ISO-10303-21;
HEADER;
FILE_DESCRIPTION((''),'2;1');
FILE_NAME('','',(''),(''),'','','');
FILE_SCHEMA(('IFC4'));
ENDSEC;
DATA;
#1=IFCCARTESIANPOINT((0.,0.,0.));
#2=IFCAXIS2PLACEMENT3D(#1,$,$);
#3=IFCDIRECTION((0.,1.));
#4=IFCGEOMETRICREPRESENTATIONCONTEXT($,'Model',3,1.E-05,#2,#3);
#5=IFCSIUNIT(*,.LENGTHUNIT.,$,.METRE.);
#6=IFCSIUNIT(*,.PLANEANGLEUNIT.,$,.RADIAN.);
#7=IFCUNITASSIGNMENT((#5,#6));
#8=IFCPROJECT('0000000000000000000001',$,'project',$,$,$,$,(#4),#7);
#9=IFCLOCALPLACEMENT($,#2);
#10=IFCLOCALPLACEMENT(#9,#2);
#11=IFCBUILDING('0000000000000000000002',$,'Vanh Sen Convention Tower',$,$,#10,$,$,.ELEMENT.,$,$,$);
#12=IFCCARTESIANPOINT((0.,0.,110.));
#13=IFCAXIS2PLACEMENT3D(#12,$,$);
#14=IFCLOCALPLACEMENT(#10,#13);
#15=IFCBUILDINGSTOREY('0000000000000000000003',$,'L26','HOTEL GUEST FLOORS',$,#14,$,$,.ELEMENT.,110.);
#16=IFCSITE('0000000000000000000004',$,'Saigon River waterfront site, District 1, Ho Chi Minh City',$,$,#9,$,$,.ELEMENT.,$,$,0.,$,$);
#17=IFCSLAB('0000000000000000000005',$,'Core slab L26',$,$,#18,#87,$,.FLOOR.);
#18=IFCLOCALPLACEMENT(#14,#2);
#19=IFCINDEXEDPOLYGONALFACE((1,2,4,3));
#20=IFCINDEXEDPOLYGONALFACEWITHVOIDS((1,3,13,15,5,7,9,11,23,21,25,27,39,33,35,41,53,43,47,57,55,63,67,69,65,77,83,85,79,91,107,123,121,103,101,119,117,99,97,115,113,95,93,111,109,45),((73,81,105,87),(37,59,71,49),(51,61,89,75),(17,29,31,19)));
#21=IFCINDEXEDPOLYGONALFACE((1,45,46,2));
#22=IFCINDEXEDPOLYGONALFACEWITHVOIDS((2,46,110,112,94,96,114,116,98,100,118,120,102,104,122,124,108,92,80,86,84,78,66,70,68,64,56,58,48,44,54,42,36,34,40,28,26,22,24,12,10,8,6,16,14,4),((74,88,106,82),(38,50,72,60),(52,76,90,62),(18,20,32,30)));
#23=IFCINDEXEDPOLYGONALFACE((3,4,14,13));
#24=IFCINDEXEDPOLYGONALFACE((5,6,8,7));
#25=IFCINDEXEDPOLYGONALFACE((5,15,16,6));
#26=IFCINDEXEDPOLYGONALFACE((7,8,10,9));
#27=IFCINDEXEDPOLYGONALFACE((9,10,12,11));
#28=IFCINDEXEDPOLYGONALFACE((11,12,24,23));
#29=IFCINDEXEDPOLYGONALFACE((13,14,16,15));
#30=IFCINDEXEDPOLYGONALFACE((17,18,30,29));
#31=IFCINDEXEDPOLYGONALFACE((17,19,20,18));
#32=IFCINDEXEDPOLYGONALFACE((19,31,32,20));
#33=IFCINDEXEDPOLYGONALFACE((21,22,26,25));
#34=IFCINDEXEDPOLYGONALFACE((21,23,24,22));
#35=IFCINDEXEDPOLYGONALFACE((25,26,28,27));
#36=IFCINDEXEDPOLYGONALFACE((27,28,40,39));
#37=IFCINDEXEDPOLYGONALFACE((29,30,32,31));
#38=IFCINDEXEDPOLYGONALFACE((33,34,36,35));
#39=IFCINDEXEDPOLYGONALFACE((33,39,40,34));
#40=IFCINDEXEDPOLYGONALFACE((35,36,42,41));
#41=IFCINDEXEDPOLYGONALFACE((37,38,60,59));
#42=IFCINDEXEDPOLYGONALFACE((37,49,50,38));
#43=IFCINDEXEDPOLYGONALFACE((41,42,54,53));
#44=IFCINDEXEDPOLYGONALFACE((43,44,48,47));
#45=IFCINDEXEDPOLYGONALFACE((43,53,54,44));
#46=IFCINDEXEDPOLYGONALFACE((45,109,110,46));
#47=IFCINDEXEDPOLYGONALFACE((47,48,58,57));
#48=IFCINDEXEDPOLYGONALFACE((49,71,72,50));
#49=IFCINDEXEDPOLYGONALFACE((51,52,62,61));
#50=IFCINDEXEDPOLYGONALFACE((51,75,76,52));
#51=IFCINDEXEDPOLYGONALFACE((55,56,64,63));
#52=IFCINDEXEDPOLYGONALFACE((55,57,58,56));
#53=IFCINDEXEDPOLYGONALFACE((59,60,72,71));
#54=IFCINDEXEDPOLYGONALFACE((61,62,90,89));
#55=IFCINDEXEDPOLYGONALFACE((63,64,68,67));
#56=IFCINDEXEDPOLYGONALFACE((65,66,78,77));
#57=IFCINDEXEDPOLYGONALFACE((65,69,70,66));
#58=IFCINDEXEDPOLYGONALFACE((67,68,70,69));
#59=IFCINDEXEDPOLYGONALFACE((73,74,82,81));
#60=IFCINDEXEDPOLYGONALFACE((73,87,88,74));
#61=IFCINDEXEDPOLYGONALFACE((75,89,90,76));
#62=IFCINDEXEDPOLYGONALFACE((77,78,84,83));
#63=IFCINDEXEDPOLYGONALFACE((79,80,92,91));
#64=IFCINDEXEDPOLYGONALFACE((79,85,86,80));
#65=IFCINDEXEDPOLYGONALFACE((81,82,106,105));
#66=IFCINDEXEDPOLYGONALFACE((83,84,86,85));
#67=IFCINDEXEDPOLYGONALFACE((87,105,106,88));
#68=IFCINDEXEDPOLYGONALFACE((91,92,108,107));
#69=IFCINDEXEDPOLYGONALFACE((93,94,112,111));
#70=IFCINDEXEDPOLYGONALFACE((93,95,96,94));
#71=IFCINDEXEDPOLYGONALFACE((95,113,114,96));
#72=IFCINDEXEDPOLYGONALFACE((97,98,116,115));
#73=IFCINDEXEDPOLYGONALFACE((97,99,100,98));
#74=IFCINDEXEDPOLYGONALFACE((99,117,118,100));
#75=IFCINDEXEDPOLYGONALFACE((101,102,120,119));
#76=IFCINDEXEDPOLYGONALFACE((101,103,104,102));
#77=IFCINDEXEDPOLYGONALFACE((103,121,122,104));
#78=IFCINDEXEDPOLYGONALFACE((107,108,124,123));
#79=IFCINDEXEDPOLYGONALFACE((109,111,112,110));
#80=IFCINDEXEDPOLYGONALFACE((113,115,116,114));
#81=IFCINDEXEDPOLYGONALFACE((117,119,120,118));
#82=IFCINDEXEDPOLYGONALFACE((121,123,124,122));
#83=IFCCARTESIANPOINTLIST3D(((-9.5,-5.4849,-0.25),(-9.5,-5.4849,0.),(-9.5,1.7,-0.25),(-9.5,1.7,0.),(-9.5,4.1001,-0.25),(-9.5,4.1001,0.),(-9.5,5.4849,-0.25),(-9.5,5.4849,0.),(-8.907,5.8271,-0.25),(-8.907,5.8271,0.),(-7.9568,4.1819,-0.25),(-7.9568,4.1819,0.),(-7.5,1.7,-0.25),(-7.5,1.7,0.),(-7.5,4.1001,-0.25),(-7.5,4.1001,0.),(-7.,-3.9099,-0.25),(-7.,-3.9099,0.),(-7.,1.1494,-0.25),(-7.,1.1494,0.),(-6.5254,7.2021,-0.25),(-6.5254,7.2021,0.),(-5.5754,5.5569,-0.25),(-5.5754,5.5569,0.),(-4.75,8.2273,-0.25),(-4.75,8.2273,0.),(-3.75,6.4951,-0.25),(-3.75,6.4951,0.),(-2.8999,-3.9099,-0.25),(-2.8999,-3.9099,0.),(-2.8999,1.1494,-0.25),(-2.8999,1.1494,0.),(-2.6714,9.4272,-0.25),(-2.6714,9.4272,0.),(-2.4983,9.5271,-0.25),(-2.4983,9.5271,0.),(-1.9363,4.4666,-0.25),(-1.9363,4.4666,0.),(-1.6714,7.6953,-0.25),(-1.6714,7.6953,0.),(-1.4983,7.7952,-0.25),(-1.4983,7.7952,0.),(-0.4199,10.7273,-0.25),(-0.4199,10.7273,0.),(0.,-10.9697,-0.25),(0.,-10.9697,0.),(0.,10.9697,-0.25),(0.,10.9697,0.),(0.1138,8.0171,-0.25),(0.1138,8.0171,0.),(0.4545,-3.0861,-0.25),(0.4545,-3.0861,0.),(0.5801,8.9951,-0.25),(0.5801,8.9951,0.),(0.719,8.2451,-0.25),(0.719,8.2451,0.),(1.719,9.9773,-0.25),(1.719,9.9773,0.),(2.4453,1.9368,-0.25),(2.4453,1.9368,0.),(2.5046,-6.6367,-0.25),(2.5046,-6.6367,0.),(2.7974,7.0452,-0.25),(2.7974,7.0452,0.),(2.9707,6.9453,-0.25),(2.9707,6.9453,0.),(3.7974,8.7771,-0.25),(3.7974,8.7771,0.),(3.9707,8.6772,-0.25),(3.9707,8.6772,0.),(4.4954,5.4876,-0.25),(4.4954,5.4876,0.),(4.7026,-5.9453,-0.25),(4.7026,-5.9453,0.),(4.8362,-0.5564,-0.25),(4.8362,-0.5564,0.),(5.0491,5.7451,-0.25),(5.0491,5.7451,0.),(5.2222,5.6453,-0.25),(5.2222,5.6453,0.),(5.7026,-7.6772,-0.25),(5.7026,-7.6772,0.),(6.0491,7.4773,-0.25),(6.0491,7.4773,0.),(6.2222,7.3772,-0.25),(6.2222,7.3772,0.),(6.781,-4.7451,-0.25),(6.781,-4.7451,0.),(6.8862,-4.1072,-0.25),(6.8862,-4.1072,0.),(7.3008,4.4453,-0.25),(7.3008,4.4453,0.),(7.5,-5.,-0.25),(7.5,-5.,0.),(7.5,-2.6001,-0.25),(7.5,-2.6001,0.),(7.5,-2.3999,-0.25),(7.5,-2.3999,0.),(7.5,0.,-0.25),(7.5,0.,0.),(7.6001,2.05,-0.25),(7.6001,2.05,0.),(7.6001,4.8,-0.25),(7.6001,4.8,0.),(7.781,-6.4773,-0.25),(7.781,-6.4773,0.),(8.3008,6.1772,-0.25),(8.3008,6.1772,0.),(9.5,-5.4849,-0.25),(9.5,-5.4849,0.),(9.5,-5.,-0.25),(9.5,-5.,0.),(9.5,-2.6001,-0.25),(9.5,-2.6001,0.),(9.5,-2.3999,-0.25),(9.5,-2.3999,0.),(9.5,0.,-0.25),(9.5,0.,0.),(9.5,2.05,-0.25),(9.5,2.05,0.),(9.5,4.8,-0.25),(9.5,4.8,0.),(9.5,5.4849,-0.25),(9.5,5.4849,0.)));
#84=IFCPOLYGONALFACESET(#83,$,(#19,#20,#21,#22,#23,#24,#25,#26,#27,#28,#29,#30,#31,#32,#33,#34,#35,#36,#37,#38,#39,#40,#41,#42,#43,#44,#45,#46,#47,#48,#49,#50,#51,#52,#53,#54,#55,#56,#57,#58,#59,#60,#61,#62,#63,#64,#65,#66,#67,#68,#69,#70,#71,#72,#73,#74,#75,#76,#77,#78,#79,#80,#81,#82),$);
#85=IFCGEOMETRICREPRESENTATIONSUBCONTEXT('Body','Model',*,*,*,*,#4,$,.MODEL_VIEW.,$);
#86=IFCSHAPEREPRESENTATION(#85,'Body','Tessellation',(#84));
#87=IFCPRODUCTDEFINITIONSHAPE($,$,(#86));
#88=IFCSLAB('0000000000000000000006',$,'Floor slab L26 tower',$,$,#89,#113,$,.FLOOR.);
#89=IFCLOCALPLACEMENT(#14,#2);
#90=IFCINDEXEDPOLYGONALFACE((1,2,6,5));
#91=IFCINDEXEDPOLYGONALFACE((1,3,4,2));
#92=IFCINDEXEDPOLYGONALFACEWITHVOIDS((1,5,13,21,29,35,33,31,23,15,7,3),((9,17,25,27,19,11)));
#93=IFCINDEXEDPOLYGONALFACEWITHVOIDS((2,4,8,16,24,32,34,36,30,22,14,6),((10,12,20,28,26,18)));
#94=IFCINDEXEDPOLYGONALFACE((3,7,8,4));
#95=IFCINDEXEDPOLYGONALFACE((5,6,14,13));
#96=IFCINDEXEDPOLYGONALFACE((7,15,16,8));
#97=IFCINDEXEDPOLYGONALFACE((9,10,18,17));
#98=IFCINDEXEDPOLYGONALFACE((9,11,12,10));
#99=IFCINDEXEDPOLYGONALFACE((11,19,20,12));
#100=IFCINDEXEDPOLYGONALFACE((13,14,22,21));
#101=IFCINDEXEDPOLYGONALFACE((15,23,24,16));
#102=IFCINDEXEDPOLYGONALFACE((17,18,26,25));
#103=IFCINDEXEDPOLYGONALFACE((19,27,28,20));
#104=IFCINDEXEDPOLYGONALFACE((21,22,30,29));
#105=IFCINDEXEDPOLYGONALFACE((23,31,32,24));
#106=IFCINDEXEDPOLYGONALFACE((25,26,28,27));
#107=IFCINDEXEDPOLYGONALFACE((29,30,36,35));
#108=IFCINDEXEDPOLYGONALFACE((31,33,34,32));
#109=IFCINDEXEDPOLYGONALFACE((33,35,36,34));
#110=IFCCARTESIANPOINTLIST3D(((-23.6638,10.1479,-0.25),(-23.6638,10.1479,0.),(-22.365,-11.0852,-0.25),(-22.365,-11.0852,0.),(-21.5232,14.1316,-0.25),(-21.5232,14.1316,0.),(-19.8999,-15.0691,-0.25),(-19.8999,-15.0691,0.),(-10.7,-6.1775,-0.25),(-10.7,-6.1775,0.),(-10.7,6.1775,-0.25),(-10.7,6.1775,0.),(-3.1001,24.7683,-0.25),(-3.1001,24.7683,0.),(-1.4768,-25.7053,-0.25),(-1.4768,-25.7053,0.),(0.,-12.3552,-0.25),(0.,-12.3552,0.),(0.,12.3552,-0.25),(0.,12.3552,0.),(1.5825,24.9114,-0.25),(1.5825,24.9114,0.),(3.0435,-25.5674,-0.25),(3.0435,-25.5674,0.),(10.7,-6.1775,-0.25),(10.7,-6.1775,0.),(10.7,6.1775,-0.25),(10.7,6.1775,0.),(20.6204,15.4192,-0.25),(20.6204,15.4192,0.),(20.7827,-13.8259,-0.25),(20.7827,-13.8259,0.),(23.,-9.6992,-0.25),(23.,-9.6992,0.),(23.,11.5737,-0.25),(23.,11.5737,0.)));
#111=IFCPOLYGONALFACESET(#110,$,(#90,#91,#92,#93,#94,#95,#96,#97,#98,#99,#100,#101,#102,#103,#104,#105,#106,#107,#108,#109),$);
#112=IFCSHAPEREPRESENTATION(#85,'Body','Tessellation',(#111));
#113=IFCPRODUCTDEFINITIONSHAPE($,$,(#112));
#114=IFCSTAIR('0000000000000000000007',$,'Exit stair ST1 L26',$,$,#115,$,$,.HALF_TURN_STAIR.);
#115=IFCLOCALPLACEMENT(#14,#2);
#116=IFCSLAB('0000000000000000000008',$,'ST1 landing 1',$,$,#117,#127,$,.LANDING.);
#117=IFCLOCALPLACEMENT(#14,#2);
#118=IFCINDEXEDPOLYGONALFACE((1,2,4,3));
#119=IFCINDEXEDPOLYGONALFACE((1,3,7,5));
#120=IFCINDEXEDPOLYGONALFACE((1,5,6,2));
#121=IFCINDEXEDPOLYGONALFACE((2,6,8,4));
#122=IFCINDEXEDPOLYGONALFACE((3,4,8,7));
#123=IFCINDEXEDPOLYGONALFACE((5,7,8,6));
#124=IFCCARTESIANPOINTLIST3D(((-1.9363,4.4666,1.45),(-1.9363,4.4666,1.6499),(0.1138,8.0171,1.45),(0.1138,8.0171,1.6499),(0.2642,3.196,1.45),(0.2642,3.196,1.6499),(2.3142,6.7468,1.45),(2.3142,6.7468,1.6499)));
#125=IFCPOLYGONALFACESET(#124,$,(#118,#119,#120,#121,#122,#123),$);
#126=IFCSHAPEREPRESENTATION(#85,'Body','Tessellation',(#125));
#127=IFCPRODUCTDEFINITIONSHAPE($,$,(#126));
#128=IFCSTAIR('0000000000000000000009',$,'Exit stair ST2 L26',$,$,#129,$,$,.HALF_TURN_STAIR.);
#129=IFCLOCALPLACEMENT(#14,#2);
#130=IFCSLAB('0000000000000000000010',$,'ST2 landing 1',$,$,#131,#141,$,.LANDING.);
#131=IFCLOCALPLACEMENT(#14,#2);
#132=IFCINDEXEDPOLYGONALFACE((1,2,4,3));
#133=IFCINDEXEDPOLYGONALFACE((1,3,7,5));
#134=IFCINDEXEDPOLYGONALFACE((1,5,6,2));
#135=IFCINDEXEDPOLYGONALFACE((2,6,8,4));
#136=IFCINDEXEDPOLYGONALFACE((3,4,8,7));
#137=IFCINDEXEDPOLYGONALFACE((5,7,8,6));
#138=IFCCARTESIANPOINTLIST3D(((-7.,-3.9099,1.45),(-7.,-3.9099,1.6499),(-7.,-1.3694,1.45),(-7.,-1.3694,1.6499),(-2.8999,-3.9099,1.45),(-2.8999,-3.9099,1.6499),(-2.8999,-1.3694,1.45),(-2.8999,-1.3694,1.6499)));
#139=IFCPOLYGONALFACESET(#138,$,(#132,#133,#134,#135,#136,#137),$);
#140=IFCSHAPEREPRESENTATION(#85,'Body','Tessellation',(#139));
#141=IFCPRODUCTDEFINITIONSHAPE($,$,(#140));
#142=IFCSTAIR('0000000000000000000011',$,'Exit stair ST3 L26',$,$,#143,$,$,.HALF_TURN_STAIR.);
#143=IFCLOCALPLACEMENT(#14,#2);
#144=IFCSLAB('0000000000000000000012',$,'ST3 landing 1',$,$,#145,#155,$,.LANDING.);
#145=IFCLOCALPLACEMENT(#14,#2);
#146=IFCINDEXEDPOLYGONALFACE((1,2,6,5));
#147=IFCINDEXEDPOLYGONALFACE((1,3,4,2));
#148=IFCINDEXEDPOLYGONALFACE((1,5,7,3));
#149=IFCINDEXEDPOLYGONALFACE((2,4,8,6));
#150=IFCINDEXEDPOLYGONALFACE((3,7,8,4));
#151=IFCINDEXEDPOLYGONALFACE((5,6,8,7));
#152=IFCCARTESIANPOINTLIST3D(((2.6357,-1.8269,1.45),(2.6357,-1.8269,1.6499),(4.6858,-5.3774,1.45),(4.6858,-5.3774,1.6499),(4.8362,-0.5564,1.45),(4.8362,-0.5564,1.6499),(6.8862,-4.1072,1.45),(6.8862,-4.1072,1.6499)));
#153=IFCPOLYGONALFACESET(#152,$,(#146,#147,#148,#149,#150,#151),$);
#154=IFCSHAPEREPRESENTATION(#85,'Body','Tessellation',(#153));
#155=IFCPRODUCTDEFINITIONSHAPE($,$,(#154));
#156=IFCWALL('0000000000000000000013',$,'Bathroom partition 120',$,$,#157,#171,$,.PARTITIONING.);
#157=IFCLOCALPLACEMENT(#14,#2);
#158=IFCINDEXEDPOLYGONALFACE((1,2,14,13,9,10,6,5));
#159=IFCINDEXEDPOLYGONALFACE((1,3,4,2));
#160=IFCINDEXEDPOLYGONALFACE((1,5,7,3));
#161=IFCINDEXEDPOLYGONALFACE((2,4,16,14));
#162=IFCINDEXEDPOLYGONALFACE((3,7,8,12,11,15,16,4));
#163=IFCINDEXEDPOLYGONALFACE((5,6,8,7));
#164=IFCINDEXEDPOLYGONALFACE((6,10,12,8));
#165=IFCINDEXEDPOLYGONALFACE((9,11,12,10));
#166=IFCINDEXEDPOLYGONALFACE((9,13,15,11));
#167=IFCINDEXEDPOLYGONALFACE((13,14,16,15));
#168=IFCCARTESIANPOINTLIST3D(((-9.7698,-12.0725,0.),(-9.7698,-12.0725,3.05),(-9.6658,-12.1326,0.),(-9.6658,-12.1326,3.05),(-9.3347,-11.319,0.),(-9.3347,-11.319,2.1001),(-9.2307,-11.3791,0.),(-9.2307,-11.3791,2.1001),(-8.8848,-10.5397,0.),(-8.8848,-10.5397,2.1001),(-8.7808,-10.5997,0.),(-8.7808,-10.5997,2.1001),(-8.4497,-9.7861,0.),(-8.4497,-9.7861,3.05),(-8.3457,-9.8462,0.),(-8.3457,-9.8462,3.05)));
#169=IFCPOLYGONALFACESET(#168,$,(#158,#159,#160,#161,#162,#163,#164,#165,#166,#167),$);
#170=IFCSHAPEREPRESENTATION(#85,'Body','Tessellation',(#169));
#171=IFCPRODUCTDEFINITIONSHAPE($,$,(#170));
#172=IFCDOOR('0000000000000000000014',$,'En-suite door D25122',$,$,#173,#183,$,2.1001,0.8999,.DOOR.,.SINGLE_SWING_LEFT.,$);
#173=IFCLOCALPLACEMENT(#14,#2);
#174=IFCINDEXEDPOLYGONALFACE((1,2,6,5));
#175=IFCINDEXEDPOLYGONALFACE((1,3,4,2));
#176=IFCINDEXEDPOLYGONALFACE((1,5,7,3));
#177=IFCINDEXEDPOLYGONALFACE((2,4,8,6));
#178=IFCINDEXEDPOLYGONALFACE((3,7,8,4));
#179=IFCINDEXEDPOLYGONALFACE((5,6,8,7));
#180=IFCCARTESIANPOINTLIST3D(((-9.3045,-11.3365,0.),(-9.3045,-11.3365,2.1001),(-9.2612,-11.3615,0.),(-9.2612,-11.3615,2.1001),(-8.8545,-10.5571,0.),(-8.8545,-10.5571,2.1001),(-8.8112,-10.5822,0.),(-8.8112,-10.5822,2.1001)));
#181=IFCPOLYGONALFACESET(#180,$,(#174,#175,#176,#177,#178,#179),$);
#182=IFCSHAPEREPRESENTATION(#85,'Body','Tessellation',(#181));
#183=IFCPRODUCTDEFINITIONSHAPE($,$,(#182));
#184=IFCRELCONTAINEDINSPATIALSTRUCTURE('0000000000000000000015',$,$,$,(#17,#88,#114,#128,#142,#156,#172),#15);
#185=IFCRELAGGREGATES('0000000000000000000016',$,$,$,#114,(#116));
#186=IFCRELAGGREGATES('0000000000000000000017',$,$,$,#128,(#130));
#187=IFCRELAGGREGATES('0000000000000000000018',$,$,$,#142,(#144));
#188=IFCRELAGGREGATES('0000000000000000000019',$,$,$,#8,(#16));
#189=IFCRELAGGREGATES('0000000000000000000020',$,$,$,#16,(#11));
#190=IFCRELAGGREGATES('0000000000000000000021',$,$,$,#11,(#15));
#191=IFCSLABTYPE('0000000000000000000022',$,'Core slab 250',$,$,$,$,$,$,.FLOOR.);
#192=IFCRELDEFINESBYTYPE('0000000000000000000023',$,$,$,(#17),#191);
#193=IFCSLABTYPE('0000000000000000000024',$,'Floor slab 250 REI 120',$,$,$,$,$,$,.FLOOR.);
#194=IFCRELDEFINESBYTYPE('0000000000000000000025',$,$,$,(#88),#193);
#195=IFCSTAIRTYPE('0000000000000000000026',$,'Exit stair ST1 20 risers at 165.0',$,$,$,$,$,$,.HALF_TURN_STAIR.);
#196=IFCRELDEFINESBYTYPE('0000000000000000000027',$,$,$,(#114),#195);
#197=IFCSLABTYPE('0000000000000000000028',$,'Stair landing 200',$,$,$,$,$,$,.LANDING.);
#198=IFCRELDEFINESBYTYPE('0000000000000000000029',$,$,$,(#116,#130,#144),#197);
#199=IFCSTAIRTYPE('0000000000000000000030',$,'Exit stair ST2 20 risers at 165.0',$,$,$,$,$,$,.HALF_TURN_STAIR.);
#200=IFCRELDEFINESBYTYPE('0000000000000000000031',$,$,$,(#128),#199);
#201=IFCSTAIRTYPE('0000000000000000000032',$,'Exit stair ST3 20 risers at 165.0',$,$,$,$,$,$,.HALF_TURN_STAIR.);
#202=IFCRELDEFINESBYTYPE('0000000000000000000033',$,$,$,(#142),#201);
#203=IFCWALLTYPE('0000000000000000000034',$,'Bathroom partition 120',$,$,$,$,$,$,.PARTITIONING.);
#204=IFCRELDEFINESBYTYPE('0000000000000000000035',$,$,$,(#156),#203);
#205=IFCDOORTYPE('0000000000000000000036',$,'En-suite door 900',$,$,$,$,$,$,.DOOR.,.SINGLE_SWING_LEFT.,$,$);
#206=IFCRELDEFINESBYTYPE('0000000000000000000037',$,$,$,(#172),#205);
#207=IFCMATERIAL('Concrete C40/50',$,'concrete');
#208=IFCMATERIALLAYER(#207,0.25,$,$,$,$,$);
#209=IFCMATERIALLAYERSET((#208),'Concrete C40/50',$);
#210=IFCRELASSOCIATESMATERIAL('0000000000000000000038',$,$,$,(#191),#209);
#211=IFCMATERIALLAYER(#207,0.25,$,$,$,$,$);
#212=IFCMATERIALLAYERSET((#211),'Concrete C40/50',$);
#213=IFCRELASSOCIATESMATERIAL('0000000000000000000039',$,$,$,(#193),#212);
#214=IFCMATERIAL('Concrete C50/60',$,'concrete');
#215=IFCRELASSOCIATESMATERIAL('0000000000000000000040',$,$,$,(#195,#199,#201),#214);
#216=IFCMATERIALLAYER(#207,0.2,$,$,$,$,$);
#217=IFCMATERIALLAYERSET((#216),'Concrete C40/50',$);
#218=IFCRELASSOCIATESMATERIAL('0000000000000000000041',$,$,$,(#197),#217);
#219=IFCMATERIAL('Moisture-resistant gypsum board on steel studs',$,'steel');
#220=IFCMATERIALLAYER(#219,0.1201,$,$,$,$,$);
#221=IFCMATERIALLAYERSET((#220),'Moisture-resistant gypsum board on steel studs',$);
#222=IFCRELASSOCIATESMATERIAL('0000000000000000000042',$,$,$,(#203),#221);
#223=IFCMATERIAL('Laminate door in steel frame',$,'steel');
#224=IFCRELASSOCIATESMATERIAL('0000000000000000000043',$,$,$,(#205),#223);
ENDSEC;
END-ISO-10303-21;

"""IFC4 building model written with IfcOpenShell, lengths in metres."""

from ifc_helpers import new_model, si_unit, direction, frame, frame_2d, origin, place, context, subcontext, project, spatial, polyline, rectangle, outline, extrude, material, layer, layer_set, type_object, element, fill, aggregate, save


model = new_model("IFC4")

# Units and contexts
model_context = context("Model", 3, precision=1e-05, world=origin(), true_north=direction((0.0, 1.0)))
body_context = subcontext(model_context, "Body", "Model", "MODEL_VIEW")
ifc_project = project(units=[si_unit("LENGTHUNIT", "METRE"), si_unit("PLANEANGLEUNIT", "RADIAN")], contexts=[model_context])

# Site, building, storey
site_placement = place(None, origin())
site = spatial("IfcSite", under=ifc_project, at=site_placement, Name="Saigon River waterfront site, District 1, Ho Chi Minh City", CompositionType="ELEMENT", RefElevation=0.0)
building_placement = place(site_placement, origin())
building = spatial("IfcBuilding", under=site, at=building_placement, Name="Vanh Sen Convention Tower", CompositionType="ELEMENT")
storey_placement = place(building_placement, frame((0.0, 0.0, 110.0)))
storey = spatial("IfcBuildingStorey", under=building, at=storey_placement, Name="L26", Description="HOTEL GUEST FLOORS", CompositionType="ELEMENT", Elevation=110.0)

# Slabs
ifc_material_1 = material(Name="Concrete C40/50", Category="concrete")
ifc_layer_1 = layer(ifc_material_1, 0.25)
ifc_layer_set_1 = layer_set([ifc_layer_1], Name="Concrete C40/50")
slab_type_1 = type_object("IfcSlabType", Name="Core slab 250", PredefinedType="FLOOR", material=ifc_layer_set_1)
slab_1_placement = place(storey_placement, frame((0.0, 0.0, -0.25)))
element("IfcSlab", 1, at=slab_1_placement, inside=storey, type_object=slab_type_1, Name="Core slab L26", PredefinedType="FLOOR", context=body_context, shape_type="SweptSolid", body=[
    extrude(outline(polyline([(9.5, 5.4849), (9.5, 4.8), (7.6001, 4.8), (7.6001, 2.05), (9.5, 2.05), (9.5, 0.0), (7.5, 0.0), (7.5, -2.3999), (9.5, -2.3999), (9.5, -2.6001), (7.5, -2.6001), (7.5, -5.0), (9.5, -5.0), (9.5, -5.4849), (0.0, -10.9697), (-9.5, -5.4849), (-9.5, 1.7), (-7.5, 1.7), (-7.5, 4.1001), (-9.5, 4.1001), (-9.5, 5.4849), (-8.907, 5.8271), (-7.9568, 4.1819), (-5.5754, 5.5569), (-6.5254, 7.2021), (-4.75, 8.2273), (-3.75, 6.4951), (-1.6714, 7.6953), (-2.6714, 9.4272), (-2.4983, 9.5271), (-1.4983, 7.7952), (0.5801, 8.9951), (-0.4199, 10.7273), (0.0, 10.9697), (1.719, 9.9773), (0.719, 8.2451), (2.7974, 7.0452), (3.7974, 8.7771), (3.9707, 8.6772), (2.9707, 6.9453), (5.0491, 5.7451), (6.0491, 7.4773), (6.2222, 7.3772), (5.2222, 5.6453), (7.3008, 4.4453), (8.3008, 6.1772), (9.5, 5.4849)]), holes=[polyline([(-7.0, 3.1499), (-7.0, -3.9099), (-2.8999, -3.9099), (-2.8999, 3.1499), (-2.8999, 1.1494), (-7.0, 1.1494), (-7.0, 3.1499)]), polyline([(4.4954, 5.4875), (6.228, 4.4873), (0.1138, 8.0171), (-1.9363, 4.4666), (2.4453, 1.9368), (4.4954, 5.4875)]), polyline([(7.781, -6.4773), (6.781, -4.7451), (4.7026, -5.9453), (5.7026, -7.6772), (7.781, -6.4773)]), polyline([(0.4546, -3.0862), (2.5046, -6.6367), (6.8862, -4.1072), (4.8362, -0.5564), (-1.2781, -4.0864), (0.4546, -3.0862)])]), origin(), (0.0, 0.0, 1.0), 0.25),
])
ifc_layer_2 = layer(ifc_material_1, 0.25)
ifc_layer_set_2 = layer_set([ifc_layer_2], Name="Concrete C40/50")
slab_type_2 = type_object("IfcSlabType", Name="Floor slab 250 REI 120", PredefinedType="FLOOR", material=ifc_layer_set_2)
slab_2_placement = place(storey_placement, frame((0.0, 0.0, -0.25)))
element("IfcSlab", 2, at=slab_2_placement, inside=storey, type_object=slab_type_2, Name="Floor slab L26 tower", PredefinedType="FLOOR", context=body_context, shape_type="SweptSolid", body=[
    extrude(outline(polyline([(23.0, -9.6992), (23.0, 11.5737), (20.6204, 15.4192), (1.5825, 24.9114), (-3.1001, 24.7683), (-21.5232, 14.1316), (-23.6638, 10.1479), (-22.365, -11.0852), (-19.8999, -15.0691), (-1.4768, -25.7053), (3.0435, -25.5674), (20.7827, -13.8259), (23.0, -9.6992)]), holes=[polyline([(0.0, 12.3552), (-10.7, 6.1775), (-10.7, -6.1775), (0.0, -12.3552), (10.7, -6.1775), (10.7, 6.1775), (0.0, 12.3552)])]), origin(), (0.0, 0.0, 1.0), 0.25),
])

# Stairs, slabs
ifc_material_2 = material(Name="Concrete C50/60", Category="concrete")
stair_type_1 = type_object("IfcStairType", Name="Exit stair ST1 20 risers at 165.0", PredefinedType="HALF_TURN_STAIR", material=ifc_material_2)
stair_1_placement = place(storey_placement, origin())
stair_1 = element("IfcStair", 3, at=stair_1_placement, inside=storey, type_object=stair_type_1, Name="Exit stair ST1 L26", PredefinedType="HALF_TURN_STAIR")
ifc_layer_3 = layer(ifc_material_1, 0.2)
ifc_layer_set_3 = layer_set([ifc_layer_3], Name="Concrete C40/50")
slab_type_3 = type_object("IfcSlabType", Name="Stair landing 200", PredefinedType="LANDING", material=ifc_layer_set_3)
slab_3_placement = place(storey_placement, frame((0.0, 0.0, 1.45)))
slab_3 = element("IfcSlab", 4, at=slab_3_placement, type_object=slab_type_3, Name="ST1 landing 1", PredefinedType="LANDING", context=body_context, shape_type="SweptSolid", body=[
    extrude(outline(polyline([(2.3142, 6.7468), (0.1138, 8.0171), (-1.9363, 4.4666), (0.2642, 3.196), (2.3142, 6.7468)])), origin(), (0.0, 0.0, 1.0), 0.2),
])
aggregate(stair_1, [slab_3])
stair_type_2 = type_object("IfcStairType", Name="Exit stair ST2 20 risers at 165.0", PredefinedType="HALF_TURN_STAIR", material=ifc_material_2)
stair_2_placement = place(storey_placement, origin())
stair_2 = element("IfcStair", 5, at=stair_2_placement, inside=storey, type_object=stair_type_2, Name="Exit stair ST2 L26", PredefinedType="HALF_TURN_STAIR")
slab_4_placement = place(storey_placement, frame((0.0, 0.0, 1.45)))
slab_4 = element("IfcSlab", 6, at=slab_4_placement, type_object=slab_type_3, Name="ST2 landing 1", PredefinedType="LANDING", context=body_context, shape_type="SweptSolid", body=[
    extrude(outline(polyline([(-7.0, -1.3694), (-7.0, -3.9099), (-2.8999, -3.9099), (-2.8999, -1.3694), (-7.0, -1.3694)])), origin(), (0.0, 0.0, 1.0), 0.2),
])
aggregate(stair_2, [slab_4])
stair_type_3 = type_object("IfcStairType", Name="Exit stair ST3 20 risers at 165.0", PredefinedType="HALF_TURN_STAIR", material=ifc_material_2)
stair_3_placement = place(storey_placement, origin())
stair_3 = element("IfcStair", 7, at=stair_3_placement, inside=storey, type_object=stair_type_3, Name="Exit stair ST3 L26", PredefinedType="HALF_TURN_STAIR")
slab_5_placement = place(storey_placement, frame((0.0, 0.0, 1.45)))
slab_5 = element("IfcSlab", 8, at=slab_5_placement, type_object=slab_type_3, Name="ST3 landing 1", PredefinedType="LANDING", context=body_context, shape_type="SweptSolid", body=[
    extrude(outline(polyline([(4.6858, -5.3774), (6.8862, -4.1072), (4.8362, -0.5564), (2.6357, -1.8269), (4.6858, -5.3774)])), origin(), (0.0, 0.0, 1.0), 0.2),
])
aggregate(stair_3, [slab_5])

# Wall, opening, door
ifc_material_3 = material(Name="Moisture-resistant gypsum board on steel studs", Category="steel")
ifc_layer_4 = layer(ifc_material_3, 0.1201)
ifc_layer_set_4 = layer_set([ifc_layer_4], Name="Moisture-resistant gypsum board on steel studs")
wall_type_1 = type_object("IfcWallType", Name="Bathroom partition 120", PredefinedType="PARTITIONING", material=ifc_layer_set_4)
wall_1_placement = place(storey_placement, frame((-8.3977, -9.8162, 0.0), z_axis=(0.0, 0.0, 1.0), x_axis=(-0.500008, -0.866021, 0.0)))
wall_1 = element("IfcWall", 9, at=wall_1_placement, inside=storey, type_object=wall_type_1, Name="Bathroom partition 120", PredefinedType="PARTITIONING", context=body_context, shape_type="SweptSolid", body=[
    extrude(rectangle(XDim=2.6401, YDim=0.1201, at=frame_2d((1.3201, 0.0))), origin(), (0.0, 0.0, 1.0), 3.05),
])
opening_1_placement = place(wall_1_placement, frame((0.8701, 0.0, 0.0)))
opening_1 = element("IfcOpeningElement", 10, at=opening_1_placement, cuts=wall_1, PredefinedType="OPENING", context=body_context, shape_type="SweptSolid", body=[
    extrude(rectangle(XDim=0.8999, YDim=2.1001, at=frame_2d((0.45, 1.05))), frame((0.0, 0.0701, 0.0), z_axis=(0.0, -1.0, 0.0), x_axis=(1.0, 0.0, 0.0)), (0.0, 0.0, 1.0), 0.1401),
])
ifc_material_4 = material(Name="Laminate door in steel frame", Category="steel")
door_type_1 = type_object("IfcDoorType", Name="En-suite door 900", OperationType="SINGLE_SWING_LEFT", PredefinedType="DOOR", material=ifc_material_4)
door_1_placement = place(opening_1_placement, origin())
door_1 = element("IfcDoor", 11, at=door_1_placement, inside=storey, type_object=door_type_1, Name="En-suite door D25122", OperationType="SINGLE_SWING_LEFT", OverallHeight=2.1001, OverallWidth=0.8999, PredefinedType="DOOR", context=body_context, shape_type="SweptSolid", body=[
    extrude(rectangle(XDim=0.8999, YDim=2.1001, at=frame_2d((0.45, 1.05))), frame((0.0, 0.0249, 0.0), z_axis=(0.0, -1.0, 0.0), x_axis=(1.0, 0.0, 0.0)), (0.0, 0.0, 1.0), 0.05),
])
fill(opening_1, door_1)

save(model, "model.ifc")
